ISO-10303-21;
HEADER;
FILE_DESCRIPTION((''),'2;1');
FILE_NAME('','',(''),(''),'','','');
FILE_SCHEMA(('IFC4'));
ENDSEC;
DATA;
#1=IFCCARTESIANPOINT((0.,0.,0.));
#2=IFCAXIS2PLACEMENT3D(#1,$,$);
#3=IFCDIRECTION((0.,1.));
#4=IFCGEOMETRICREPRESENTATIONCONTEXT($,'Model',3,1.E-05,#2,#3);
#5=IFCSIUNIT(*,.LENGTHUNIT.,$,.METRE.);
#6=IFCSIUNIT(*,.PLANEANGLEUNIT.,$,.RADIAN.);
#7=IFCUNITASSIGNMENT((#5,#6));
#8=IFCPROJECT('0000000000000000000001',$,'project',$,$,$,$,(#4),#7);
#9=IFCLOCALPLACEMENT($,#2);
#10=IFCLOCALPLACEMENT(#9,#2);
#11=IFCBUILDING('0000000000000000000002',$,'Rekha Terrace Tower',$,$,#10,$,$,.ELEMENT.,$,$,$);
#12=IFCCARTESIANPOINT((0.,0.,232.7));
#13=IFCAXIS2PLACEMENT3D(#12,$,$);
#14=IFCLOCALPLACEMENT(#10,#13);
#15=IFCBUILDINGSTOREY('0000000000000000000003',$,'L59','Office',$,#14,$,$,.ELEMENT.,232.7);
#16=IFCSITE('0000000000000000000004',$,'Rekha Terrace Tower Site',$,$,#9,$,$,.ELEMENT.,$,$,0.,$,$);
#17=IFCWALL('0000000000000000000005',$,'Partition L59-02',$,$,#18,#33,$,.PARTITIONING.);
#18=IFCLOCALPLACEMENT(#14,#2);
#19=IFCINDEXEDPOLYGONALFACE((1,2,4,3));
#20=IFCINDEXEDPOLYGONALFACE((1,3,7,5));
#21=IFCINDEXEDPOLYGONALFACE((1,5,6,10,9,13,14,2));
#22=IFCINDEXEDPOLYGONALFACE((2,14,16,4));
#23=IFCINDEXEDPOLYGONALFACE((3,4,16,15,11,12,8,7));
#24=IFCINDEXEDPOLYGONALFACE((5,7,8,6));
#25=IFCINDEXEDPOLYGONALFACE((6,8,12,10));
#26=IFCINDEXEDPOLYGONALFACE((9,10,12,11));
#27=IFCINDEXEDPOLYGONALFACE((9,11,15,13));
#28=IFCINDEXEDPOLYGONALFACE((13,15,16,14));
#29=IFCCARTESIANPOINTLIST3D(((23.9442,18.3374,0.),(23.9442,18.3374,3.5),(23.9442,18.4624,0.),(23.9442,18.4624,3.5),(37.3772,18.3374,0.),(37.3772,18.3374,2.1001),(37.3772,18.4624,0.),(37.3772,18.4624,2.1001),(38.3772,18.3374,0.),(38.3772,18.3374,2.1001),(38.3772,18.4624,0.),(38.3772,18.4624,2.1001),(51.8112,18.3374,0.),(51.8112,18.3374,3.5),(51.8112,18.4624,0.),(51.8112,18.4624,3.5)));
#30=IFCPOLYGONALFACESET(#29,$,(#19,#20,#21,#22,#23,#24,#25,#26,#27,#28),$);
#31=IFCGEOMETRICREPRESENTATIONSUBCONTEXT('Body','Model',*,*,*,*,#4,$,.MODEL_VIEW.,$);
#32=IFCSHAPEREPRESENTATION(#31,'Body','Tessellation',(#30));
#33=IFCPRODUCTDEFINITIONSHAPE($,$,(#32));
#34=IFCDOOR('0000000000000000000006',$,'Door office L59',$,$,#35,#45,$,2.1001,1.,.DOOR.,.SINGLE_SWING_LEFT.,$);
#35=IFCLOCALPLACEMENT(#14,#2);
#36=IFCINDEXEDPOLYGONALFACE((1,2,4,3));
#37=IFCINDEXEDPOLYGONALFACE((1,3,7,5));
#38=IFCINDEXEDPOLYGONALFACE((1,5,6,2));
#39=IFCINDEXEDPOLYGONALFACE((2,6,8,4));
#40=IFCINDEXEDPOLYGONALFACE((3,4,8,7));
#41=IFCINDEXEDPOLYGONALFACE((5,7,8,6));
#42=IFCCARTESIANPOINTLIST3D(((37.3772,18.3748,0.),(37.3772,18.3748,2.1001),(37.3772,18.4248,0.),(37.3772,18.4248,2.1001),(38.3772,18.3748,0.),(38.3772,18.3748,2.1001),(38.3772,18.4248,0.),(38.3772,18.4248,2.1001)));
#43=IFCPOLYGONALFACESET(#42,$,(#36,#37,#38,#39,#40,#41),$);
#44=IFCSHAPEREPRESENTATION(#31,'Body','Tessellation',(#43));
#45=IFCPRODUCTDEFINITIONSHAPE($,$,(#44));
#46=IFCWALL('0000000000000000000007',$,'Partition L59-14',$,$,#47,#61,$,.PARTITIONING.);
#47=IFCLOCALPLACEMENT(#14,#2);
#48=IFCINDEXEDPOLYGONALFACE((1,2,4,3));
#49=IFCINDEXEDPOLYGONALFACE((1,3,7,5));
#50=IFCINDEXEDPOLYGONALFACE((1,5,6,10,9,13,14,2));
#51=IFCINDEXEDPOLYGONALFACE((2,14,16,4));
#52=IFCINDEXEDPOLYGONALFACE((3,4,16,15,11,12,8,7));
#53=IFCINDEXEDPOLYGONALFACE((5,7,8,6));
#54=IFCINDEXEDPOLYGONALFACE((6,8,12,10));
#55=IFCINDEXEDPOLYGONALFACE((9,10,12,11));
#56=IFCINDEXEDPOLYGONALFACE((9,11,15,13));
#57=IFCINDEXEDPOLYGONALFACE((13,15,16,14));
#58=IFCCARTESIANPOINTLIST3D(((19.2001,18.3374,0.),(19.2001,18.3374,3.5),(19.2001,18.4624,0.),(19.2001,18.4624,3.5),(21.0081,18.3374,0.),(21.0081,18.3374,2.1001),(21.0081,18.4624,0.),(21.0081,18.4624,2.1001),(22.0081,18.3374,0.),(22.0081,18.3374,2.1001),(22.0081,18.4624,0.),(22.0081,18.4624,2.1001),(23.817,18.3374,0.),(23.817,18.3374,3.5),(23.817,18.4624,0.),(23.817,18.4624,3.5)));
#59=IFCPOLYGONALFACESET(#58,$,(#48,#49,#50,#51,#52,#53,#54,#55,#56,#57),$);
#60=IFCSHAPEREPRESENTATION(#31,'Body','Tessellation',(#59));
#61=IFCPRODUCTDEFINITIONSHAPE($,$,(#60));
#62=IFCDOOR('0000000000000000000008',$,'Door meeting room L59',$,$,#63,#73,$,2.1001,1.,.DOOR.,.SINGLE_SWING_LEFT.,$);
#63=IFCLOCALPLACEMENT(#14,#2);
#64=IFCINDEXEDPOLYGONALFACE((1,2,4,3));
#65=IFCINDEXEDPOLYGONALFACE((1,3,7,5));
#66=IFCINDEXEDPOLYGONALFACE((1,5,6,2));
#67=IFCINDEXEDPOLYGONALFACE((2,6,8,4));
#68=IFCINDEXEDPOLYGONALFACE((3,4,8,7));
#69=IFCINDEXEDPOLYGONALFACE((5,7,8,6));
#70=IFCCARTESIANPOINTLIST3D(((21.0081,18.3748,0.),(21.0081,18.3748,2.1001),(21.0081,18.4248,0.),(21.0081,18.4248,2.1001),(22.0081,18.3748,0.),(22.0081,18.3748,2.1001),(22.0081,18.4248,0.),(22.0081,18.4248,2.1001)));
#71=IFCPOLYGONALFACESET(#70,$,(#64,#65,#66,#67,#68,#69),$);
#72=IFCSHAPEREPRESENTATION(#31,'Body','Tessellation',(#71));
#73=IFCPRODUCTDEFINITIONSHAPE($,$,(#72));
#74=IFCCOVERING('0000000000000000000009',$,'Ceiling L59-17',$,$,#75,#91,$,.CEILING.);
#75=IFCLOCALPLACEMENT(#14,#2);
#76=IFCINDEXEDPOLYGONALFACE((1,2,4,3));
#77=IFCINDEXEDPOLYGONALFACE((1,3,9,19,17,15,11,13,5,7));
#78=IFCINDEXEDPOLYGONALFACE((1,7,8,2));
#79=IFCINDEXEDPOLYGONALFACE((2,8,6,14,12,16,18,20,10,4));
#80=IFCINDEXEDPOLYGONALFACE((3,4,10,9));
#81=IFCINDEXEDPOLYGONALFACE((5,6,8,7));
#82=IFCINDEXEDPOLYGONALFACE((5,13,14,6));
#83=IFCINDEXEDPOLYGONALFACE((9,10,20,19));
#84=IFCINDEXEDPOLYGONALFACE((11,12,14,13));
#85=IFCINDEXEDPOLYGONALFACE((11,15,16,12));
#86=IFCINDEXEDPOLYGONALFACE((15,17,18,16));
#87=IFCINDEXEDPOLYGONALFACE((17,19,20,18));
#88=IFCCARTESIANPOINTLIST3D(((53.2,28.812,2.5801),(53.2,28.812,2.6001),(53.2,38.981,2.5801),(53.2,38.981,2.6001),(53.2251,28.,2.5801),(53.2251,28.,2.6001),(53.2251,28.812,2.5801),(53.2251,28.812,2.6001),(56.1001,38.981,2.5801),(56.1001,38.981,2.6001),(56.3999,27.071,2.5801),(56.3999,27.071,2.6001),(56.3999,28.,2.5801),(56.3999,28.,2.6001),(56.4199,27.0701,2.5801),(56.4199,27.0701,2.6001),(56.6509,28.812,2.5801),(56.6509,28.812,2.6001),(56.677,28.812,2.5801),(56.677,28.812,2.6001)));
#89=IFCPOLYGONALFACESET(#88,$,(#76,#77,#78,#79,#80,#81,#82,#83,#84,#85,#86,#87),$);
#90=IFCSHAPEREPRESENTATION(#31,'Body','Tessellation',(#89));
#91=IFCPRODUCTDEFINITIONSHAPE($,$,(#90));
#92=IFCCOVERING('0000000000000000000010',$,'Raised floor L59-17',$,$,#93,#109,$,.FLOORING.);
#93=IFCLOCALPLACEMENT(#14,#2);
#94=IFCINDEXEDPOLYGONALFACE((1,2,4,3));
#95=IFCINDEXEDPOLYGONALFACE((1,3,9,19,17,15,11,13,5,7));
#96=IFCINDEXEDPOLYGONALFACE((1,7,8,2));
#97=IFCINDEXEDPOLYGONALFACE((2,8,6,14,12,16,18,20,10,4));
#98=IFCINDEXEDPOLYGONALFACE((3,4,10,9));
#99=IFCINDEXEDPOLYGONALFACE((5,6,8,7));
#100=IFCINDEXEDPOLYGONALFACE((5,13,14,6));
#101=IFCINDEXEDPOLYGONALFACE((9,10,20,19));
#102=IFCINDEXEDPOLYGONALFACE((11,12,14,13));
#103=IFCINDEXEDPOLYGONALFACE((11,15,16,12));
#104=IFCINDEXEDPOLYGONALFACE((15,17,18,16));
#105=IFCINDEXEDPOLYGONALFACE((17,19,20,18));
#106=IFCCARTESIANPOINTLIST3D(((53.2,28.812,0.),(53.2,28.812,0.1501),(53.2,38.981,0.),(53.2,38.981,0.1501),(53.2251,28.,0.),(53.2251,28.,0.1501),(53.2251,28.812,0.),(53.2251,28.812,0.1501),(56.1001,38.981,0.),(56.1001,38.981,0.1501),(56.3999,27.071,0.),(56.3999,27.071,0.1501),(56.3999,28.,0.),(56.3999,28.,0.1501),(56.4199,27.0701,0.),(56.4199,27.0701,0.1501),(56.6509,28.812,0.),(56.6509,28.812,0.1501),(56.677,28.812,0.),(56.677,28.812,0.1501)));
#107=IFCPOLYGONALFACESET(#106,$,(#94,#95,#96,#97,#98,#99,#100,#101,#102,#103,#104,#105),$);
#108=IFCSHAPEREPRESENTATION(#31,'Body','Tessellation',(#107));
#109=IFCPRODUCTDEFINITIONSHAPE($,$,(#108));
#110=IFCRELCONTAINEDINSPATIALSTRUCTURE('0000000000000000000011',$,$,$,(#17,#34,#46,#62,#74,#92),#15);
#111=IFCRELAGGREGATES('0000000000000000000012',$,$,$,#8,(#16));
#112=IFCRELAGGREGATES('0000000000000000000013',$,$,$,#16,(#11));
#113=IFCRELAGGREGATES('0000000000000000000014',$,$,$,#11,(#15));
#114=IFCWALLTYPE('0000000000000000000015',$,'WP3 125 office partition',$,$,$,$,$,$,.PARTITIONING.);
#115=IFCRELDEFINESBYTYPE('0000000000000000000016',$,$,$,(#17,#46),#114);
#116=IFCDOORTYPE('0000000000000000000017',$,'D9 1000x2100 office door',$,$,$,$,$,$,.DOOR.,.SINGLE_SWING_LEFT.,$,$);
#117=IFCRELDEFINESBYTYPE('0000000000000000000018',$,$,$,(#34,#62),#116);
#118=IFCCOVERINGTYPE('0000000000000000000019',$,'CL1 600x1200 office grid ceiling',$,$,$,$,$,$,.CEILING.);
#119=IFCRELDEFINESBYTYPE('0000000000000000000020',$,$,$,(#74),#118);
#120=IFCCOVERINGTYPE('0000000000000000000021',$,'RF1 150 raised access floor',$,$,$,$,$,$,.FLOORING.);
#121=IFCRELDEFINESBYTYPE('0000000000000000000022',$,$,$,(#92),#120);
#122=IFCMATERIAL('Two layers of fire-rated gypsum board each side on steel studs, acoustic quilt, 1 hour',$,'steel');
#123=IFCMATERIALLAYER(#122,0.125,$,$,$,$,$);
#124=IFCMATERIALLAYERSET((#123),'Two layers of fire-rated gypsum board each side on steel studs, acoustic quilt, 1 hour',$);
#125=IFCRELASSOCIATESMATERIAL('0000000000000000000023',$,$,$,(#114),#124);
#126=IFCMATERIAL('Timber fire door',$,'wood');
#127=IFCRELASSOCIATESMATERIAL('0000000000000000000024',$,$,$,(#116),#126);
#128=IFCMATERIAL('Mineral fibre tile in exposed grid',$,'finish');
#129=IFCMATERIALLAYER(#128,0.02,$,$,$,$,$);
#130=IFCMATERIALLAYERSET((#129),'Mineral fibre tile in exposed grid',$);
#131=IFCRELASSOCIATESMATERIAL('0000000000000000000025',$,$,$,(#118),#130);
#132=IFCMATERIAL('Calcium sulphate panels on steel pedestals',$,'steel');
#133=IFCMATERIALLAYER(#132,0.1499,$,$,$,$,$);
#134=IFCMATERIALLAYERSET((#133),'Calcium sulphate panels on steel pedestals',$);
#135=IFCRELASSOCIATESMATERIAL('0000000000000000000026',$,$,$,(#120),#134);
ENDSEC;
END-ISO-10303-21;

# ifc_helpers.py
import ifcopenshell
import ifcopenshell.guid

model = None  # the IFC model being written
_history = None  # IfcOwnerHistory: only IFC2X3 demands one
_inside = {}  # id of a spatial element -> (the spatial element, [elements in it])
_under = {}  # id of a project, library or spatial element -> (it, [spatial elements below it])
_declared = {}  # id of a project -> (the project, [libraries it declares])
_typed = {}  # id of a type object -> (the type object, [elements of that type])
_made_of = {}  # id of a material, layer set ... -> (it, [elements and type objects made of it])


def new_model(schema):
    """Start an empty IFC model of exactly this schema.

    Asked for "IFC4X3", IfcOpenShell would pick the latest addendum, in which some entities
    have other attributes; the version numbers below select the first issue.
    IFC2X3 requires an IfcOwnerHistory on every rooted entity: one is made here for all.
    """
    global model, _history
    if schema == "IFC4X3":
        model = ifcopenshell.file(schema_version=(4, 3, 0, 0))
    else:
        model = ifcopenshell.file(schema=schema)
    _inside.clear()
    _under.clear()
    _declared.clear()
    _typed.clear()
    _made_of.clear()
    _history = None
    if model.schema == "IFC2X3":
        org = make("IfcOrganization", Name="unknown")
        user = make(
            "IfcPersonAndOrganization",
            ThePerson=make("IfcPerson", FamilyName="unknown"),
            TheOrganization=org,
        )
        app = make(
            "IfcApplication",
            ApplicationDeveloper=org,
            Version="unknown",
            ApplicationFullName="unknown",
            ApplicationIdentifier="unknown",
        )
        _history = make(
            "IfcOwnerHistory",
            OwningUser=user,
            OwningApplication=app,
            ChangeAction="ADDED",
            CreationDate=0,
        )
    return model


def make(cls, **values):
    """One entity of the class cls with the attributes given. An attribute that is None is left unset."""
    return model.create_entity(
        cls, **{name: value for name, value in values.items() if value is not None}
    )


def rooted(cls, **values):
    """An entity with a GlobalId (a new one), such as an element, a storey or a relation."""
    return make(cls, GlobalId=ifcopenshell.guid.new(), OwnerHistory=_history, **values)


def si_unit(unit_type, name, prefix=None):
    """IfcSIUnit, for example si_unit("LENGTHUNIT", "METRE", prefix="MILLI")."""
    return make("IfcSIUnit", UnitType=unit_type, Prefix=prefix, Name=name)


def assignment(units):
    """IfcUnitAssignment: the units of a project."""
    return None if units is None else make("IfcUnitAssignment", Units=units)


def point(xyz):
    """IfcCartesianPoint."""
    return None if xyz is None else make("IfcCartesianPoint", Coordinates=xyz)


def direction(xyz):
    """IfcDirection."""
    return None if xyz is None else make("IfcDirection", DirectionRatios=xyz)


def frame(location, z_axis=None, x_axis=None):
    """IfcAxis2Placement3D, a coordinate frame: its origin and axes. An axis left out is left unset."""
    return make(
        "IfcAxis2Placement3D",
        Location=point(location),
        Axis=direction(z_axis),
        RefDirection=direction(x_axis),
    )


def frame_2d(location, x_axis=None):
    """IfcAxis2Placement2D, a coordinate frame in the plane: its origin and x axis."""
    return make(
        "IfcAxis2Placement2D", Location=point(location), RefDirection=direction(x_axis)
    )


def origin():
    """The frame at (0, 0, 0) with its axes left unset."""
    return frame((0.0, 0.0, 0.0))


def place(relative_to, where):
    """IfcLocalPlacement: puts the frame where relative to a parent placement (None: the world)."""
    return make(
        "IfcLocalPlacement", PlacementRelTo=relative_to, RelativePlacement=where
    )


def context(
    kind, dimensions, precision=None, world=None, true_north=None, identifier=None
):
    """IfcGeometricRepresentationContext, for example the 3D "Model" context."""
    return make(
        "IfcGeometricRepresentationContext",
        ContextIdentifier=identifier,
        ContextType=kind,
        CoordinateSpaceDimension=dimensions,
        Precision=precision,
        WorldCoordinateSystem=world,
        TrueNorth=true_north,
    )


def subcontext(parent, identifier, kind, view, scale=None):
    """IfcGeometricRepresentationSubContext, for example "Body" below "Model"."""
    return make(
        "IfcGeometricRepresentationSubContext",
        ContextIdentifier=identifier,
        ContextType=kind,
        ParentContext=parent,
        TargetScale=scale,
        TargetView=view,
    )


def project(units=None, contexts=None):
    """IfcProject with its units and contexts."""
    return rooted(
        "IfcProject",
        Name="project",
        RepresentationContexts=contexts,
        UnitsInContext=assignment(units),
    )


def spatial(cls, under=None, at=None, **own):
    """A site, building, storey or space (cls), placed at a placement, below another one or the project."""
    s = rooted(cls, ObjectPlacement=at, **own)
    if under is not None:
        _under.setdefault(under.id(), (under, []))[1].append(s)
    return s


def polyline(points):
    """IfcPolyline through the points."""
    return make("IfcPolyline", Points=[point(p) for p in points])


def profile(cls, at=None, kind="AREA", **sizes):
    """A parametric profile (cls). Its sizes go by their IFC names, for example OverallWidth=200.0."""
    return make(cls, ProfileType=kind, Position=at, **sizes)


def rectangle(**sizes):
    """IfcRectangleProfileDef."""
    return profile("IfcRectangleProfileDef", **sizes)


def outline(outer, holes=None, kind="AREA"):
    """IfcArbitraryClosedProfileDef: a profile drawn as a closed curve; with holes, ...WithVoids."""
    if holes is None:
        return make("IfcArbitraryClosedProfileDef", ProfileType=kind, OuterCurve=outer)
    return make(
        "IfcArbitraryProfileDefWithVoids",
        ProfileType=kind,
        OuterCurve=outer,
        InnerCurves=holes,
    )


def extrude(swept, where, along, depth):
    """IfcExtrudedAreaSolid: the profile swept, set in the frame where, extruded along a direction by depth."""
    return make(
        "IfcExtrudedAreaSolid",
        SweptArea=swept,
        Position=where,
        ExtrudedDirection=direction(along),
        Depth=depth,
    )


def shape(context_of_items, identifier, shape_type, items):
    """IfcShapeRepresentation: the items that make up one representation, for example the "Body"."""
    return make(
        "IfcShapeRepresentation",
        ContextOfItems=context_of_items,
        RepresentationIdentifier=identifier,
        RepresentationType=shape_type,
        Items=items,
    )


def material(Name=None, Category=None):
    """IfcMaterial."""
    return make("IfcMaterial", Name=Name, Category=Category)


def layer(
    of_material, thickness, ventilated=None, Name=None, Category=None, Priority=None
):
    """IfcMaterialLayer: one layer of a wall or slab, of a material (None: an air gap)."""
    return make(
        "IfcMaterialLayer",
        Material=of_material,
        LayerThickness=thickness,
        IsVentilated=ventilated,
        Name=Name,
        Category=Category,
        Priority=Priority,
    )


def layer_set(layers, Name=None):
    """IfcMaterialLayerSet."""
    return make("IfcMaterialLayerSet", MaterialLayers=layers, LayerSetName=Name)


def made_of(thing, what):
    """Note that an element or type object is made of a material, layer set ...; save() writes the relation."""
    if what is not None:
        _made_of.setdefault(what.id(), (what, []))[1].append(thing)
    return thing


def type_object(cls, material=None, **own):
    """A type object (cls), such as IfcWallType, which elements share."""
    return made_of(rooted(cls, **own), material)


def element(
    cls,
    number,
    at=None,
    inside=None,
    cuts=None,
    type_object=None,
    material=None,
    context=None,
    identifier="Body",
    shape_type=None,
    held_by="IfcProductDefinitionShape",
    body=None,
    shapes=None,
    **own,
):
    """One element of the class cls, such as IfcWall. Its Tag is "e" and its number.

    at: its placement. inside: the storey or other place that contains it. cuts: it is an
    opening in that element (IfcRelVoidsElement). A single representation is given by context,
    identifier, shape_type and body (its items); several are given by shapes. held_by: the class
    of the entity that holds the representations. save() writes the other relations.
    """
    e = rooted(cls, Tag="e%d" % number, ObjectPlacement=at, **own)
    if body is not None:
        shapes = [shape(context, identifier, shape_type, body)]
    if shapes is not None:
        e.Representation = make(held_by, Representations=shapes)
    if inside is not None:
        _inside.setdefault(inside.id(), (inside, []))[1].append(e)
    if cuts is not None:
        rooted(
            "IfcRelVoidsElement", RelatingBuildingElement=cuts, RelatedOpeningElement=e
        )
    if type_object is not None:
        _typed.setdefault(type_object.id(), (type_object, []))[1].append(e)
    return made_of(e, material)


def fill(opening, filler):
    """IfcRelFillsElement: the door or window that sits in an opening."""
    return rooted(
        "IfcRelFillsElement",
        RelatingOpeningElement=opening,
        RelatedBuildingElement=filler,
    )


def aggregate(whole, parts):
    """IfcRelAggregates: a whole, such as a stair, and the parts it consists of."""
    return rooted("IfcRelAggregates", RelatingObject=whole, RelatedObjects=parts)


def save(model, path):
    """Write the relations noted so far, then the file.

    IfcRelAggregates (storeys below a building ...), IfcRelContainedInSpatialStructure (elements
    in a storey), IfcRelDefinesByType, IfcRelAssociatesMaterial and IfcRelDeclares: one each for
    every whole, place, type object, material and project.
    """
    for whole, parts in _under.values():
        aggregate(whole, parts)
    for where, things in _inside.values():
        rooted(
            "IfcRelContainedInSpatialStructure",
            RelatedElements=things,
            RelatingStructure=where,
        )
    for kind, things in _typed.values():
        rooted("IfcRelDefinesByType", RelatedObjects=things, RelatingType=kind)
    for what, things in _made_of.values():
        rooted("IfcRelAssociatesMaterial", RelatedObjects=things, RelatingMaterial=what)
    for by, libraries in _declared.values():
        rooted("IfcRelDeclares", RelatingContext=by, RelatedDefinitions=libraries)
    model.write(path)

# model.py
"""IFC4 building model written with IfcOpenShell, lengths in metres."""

from ifc_helpers import new_model, si_unit, direction, frame, frame_2d, origin, place, context, subcontext, project, spatial, polyline, rectangle, outline, extrude, material, layer, layer_set, type_object, element, fill, save


model = new_model("IFC4")

# Units and contexts
model_context = context("Model", 3, precision=1e-05, world=origin(), true_north=direction((0.0, 1.0)))
body_context = subcontext(model_context, "Body", "Model", "MODEL_VIEW")
ifc_project = project(units=[si_unit("LENGTHUNIT", "METRE"), si_unit("PLANEANGLEUNIT", "RADIAN")], contexts=[model_context])

# Site, building, storey
site_placement = place(None, origin())
site = spatial("IfcSite", under=ifc_project, at=site_placement, Name="Rekha Terrace Tower Site", CompositionType="ELEMENT", RefElevation=0.0)
building_placement = place(site_placement, origin())
building = spatial("IfcBuilding", under=site, at=building_placement, Name="Rekha Terrace Tower", CompositionType="ELEMENT")
storey_placement = place(building_placement, frame((0.0, 0.0, 232.7)))
storey = spatial("IfcBuildingStorey", under=building, at=storey_placement, Name="L59", Description="Office", CompositionType="ELEMENT", Elevation=232.7)

# Shared definitions
ifc_material_1 = material(Name="Two layers of fire-rated gypsum board each side on steel studs, acoustic quilt, 1 hour", Category="steel")
ifc_layer_1 = layer(ifc_material_1, 0.125)
ifc_layer_set_1 = layer_set([ifc_layer_1], Name="Two layers of fire-rated gypsum board each side on steel studs, acoustic quilt, 1 hour")
wall_type = type_object("IfcWallType", Name="WP3 125 office partition", PredefinedType="PARTITIONING", material=ifc_layer_set_1)

# Walls, openings, doors
wall_1_placement = place(storey_placement, frame((23.9441, 18.3999, 0.0), z_axis=(0.0, 0.0, 1.0), x_axis=(1.0, 0.0, 0.0)))
wall_1 = element("IfcWall", 1, at=wall_1_placement, inside=storey, type_object=wall_type, Name="Partition L59-02", PredefinedType="PARTITIONING", context=body_context, shape_type="SweptSolid", body=[
    extrude(rectangle(XDim=27.8669, YDim=0.125, at=frame_2d((13.9336, 0.0))), origin(), (0.0, 0.0, 1.0), 3.5),
])
opening_1_placement = place(wall_1_placement, frame((13.4331, 0.0, 0.0)))
opening_1 = element("IfcOpeningElement", 2, at=opening_1_placement, cuts=wall_1, PredefinedType="OPENING", context=body_context, shape_type="SweptSolid", body=[
    extrude(rectangle(XDim=1.0, YDim=2.1001, at=frame_2d((0.5, 1.05))), frame((0.0, 0.0725, 0.0), z_axis=(0.0, -1.0, 0.0), x_axis=(1.0, 0.0, 0.0)), (0.0, 0.0, 1.0), 0.145),
])
ifc_material_2 = material(Name="Timber fire door", Category="wood")
door_type = type_object("IfcDoorType", Name="D9 1000x2100 office door", OperationType="SINGLE_SWING_LEFT", PredefinedType="DOOR", material=ifc_material_2)
door_1_placement = place(opening_1_placement, origin())
door_1 = element("IfcDoor", 3, at=door_1_placement, inside=storey, type_object=door_type, Name="Door office L59", OperationType="SINGLE_SWING_LEFT", OverallHeight=2.1001, OverallWidth=1.0, PredefinedType="DOOR", context=body_context, shape_type="SweptSolid", body=[
    extrude(rectangle(XDim=1.0, YDim=2.1001, at=frame_2d((0.5, 1.05))), frame((0.0, 0.0249, 0.0), z_axis=(0.0, -1.0, 0.0), x_axis=(1.0, 0.0, 0.0)), (0.0, 0.0, 1.0), 0.05),
])
fill(opening_1, door_1)
wall_2_placement = place(storey_placement, frame((19.2, 18.3999, 0.0), z_axis=(0.0, 0.0, 1.0), x_axis=(1.0, 0.0, 0.0)))
wall_2 = element("IfcWall", 4, at=wall_2_placement, inside=storey, type_object=wall_type, Name="Partition L59-14", PredefinedType="PARTITIONING", context=body_context, shape_type="SweptSolid", body=[
    extrude(rectangle(XDim=4.6169, YDim=0.125, at=frame_2d((2.3086, 0.0))), origin(), (0.0, 0.0, 1.0), 3.5),
])
opening_2_placement = place(wall_2_placement, frame((1.8081, 0.0, 0.0)))
opening_2 = element("IfcOpeningElement", 5, at=opening_2_placement, cuts=wall_2, PredefinedType="OPENING", context=body_context, shape_type="SweptSolid", body=[
    extrude(rectangle(XDim=1.0, YDim=2.1001, at=frame_2d((0.5, 1.05))), frame((0.0, 0.0725, 0.0), z_axis=(0.0, -1.0, 0.0), x_axis=(1.0, 0.0, 0.0)), (0.0, 0.0, 1.0), 0.145),
])
door_2_placement = place(opening_2_placement, origin())
door_2 = element("IfcDoor", 6, at=door_2_placement, inside=storey, type_object=door_type, Name="Door meeting room L59", OperationType="SINGLE_SWING_LEFT", OverallHeight=2.1001, OverallWidth=1.0, PredefinedType="DOOR", context=body_context, shape_type="SweptSolid", body=[
    extrude(rectangle(XDim=1.0, YDim=2.1001, at=frame_2d((0.5, 1.05))), frame((0.0, 0.0249, 0.0), z_axis=(0.0, -1.0, 0.0), x_axis=(1.0, 0.0, 0.0)), (0.0, 0.0, 1.0), 0.05),
])
fill(opening_2, door_2)

# Coverings
ifc_material_3 = material(Name="Mineral fibre tile in exposed grid", Category="finish")
ifc_layer_2 = layer(ifc_material_3, 0.02)
ifc_layer_set_2 = layer_set([ifc_layer_2], Name="Mineral fibre tile in exposed grid")
covering_type_1 = type_object("IfcCoveringType", Name="CL1 600x1200 office grid ceiling", PredefinedType="CEILING", material=ifc_layer_set_2)
covering_1_placement = place(storey_placement, frame((0.0, 0.0, 2.5801)))
element("IfcCovering", 7, at=covering_1_placement, inside=storey, type_object=covering_type_1, Name="Ceiling L59-17", PredefinedType="CEILING", context=body_context, shape_type="SweptSolid", body=[
    extrude(outline(polyline([(56.6509, 28.812), (56.677, 28.812), (56.1001, 38.981), (53.2, 38.981), (53.2, 28.812), (53.2251, 28.812), (53.2251, 28.0), (56.3999, 28.0), (56.3999, 27.071), (56.4199, 27.0701), (56.6509, 28.812)])), origin(), (0.0, 0.0, 1.0), 0.02),
])
ifc_material_4 = material(Name="Calcium sulphate panels on steel pedestals", Category="steel")
ifc_layer_3 = layer(ifc_material_4, 0.1499)
ifc_layer_set_3 = layer_set([ifc_layer_3], Name="Calcium sulphate panels on steel pedestals")
covering_type_2 = type_object("IfcCoveringType", Name="RF1 150 raised access floor", PredefinedType="FLOORING", material=ifc_layer_set_3)
covering_2_placement = place(storey_placement, origin())
element("IfcCovering", 8, at=covering_2_placement, inside=storey, type_object=covering_type_2, Name="Raised floor L59-17", PredefinedType="FLOORING", context=body_context, shape_type="SweptSolid", body=[
    extrude(outline(polyline([(56.6509, 28.812), (56.677, 28.812), (56.1001, 38.981), (53.2, 38.981), (53.2, 28.812), (53.2251, 28.812), (53.2251, 28.0), (56.3999, 28.0), (56.3999, 27.071), (56.4199, 27.0701), (56.6509, 28.812)])), origin(), (0.0, 0.0, 1.0), 0.1501),
])

save(model, "model.ifc")
